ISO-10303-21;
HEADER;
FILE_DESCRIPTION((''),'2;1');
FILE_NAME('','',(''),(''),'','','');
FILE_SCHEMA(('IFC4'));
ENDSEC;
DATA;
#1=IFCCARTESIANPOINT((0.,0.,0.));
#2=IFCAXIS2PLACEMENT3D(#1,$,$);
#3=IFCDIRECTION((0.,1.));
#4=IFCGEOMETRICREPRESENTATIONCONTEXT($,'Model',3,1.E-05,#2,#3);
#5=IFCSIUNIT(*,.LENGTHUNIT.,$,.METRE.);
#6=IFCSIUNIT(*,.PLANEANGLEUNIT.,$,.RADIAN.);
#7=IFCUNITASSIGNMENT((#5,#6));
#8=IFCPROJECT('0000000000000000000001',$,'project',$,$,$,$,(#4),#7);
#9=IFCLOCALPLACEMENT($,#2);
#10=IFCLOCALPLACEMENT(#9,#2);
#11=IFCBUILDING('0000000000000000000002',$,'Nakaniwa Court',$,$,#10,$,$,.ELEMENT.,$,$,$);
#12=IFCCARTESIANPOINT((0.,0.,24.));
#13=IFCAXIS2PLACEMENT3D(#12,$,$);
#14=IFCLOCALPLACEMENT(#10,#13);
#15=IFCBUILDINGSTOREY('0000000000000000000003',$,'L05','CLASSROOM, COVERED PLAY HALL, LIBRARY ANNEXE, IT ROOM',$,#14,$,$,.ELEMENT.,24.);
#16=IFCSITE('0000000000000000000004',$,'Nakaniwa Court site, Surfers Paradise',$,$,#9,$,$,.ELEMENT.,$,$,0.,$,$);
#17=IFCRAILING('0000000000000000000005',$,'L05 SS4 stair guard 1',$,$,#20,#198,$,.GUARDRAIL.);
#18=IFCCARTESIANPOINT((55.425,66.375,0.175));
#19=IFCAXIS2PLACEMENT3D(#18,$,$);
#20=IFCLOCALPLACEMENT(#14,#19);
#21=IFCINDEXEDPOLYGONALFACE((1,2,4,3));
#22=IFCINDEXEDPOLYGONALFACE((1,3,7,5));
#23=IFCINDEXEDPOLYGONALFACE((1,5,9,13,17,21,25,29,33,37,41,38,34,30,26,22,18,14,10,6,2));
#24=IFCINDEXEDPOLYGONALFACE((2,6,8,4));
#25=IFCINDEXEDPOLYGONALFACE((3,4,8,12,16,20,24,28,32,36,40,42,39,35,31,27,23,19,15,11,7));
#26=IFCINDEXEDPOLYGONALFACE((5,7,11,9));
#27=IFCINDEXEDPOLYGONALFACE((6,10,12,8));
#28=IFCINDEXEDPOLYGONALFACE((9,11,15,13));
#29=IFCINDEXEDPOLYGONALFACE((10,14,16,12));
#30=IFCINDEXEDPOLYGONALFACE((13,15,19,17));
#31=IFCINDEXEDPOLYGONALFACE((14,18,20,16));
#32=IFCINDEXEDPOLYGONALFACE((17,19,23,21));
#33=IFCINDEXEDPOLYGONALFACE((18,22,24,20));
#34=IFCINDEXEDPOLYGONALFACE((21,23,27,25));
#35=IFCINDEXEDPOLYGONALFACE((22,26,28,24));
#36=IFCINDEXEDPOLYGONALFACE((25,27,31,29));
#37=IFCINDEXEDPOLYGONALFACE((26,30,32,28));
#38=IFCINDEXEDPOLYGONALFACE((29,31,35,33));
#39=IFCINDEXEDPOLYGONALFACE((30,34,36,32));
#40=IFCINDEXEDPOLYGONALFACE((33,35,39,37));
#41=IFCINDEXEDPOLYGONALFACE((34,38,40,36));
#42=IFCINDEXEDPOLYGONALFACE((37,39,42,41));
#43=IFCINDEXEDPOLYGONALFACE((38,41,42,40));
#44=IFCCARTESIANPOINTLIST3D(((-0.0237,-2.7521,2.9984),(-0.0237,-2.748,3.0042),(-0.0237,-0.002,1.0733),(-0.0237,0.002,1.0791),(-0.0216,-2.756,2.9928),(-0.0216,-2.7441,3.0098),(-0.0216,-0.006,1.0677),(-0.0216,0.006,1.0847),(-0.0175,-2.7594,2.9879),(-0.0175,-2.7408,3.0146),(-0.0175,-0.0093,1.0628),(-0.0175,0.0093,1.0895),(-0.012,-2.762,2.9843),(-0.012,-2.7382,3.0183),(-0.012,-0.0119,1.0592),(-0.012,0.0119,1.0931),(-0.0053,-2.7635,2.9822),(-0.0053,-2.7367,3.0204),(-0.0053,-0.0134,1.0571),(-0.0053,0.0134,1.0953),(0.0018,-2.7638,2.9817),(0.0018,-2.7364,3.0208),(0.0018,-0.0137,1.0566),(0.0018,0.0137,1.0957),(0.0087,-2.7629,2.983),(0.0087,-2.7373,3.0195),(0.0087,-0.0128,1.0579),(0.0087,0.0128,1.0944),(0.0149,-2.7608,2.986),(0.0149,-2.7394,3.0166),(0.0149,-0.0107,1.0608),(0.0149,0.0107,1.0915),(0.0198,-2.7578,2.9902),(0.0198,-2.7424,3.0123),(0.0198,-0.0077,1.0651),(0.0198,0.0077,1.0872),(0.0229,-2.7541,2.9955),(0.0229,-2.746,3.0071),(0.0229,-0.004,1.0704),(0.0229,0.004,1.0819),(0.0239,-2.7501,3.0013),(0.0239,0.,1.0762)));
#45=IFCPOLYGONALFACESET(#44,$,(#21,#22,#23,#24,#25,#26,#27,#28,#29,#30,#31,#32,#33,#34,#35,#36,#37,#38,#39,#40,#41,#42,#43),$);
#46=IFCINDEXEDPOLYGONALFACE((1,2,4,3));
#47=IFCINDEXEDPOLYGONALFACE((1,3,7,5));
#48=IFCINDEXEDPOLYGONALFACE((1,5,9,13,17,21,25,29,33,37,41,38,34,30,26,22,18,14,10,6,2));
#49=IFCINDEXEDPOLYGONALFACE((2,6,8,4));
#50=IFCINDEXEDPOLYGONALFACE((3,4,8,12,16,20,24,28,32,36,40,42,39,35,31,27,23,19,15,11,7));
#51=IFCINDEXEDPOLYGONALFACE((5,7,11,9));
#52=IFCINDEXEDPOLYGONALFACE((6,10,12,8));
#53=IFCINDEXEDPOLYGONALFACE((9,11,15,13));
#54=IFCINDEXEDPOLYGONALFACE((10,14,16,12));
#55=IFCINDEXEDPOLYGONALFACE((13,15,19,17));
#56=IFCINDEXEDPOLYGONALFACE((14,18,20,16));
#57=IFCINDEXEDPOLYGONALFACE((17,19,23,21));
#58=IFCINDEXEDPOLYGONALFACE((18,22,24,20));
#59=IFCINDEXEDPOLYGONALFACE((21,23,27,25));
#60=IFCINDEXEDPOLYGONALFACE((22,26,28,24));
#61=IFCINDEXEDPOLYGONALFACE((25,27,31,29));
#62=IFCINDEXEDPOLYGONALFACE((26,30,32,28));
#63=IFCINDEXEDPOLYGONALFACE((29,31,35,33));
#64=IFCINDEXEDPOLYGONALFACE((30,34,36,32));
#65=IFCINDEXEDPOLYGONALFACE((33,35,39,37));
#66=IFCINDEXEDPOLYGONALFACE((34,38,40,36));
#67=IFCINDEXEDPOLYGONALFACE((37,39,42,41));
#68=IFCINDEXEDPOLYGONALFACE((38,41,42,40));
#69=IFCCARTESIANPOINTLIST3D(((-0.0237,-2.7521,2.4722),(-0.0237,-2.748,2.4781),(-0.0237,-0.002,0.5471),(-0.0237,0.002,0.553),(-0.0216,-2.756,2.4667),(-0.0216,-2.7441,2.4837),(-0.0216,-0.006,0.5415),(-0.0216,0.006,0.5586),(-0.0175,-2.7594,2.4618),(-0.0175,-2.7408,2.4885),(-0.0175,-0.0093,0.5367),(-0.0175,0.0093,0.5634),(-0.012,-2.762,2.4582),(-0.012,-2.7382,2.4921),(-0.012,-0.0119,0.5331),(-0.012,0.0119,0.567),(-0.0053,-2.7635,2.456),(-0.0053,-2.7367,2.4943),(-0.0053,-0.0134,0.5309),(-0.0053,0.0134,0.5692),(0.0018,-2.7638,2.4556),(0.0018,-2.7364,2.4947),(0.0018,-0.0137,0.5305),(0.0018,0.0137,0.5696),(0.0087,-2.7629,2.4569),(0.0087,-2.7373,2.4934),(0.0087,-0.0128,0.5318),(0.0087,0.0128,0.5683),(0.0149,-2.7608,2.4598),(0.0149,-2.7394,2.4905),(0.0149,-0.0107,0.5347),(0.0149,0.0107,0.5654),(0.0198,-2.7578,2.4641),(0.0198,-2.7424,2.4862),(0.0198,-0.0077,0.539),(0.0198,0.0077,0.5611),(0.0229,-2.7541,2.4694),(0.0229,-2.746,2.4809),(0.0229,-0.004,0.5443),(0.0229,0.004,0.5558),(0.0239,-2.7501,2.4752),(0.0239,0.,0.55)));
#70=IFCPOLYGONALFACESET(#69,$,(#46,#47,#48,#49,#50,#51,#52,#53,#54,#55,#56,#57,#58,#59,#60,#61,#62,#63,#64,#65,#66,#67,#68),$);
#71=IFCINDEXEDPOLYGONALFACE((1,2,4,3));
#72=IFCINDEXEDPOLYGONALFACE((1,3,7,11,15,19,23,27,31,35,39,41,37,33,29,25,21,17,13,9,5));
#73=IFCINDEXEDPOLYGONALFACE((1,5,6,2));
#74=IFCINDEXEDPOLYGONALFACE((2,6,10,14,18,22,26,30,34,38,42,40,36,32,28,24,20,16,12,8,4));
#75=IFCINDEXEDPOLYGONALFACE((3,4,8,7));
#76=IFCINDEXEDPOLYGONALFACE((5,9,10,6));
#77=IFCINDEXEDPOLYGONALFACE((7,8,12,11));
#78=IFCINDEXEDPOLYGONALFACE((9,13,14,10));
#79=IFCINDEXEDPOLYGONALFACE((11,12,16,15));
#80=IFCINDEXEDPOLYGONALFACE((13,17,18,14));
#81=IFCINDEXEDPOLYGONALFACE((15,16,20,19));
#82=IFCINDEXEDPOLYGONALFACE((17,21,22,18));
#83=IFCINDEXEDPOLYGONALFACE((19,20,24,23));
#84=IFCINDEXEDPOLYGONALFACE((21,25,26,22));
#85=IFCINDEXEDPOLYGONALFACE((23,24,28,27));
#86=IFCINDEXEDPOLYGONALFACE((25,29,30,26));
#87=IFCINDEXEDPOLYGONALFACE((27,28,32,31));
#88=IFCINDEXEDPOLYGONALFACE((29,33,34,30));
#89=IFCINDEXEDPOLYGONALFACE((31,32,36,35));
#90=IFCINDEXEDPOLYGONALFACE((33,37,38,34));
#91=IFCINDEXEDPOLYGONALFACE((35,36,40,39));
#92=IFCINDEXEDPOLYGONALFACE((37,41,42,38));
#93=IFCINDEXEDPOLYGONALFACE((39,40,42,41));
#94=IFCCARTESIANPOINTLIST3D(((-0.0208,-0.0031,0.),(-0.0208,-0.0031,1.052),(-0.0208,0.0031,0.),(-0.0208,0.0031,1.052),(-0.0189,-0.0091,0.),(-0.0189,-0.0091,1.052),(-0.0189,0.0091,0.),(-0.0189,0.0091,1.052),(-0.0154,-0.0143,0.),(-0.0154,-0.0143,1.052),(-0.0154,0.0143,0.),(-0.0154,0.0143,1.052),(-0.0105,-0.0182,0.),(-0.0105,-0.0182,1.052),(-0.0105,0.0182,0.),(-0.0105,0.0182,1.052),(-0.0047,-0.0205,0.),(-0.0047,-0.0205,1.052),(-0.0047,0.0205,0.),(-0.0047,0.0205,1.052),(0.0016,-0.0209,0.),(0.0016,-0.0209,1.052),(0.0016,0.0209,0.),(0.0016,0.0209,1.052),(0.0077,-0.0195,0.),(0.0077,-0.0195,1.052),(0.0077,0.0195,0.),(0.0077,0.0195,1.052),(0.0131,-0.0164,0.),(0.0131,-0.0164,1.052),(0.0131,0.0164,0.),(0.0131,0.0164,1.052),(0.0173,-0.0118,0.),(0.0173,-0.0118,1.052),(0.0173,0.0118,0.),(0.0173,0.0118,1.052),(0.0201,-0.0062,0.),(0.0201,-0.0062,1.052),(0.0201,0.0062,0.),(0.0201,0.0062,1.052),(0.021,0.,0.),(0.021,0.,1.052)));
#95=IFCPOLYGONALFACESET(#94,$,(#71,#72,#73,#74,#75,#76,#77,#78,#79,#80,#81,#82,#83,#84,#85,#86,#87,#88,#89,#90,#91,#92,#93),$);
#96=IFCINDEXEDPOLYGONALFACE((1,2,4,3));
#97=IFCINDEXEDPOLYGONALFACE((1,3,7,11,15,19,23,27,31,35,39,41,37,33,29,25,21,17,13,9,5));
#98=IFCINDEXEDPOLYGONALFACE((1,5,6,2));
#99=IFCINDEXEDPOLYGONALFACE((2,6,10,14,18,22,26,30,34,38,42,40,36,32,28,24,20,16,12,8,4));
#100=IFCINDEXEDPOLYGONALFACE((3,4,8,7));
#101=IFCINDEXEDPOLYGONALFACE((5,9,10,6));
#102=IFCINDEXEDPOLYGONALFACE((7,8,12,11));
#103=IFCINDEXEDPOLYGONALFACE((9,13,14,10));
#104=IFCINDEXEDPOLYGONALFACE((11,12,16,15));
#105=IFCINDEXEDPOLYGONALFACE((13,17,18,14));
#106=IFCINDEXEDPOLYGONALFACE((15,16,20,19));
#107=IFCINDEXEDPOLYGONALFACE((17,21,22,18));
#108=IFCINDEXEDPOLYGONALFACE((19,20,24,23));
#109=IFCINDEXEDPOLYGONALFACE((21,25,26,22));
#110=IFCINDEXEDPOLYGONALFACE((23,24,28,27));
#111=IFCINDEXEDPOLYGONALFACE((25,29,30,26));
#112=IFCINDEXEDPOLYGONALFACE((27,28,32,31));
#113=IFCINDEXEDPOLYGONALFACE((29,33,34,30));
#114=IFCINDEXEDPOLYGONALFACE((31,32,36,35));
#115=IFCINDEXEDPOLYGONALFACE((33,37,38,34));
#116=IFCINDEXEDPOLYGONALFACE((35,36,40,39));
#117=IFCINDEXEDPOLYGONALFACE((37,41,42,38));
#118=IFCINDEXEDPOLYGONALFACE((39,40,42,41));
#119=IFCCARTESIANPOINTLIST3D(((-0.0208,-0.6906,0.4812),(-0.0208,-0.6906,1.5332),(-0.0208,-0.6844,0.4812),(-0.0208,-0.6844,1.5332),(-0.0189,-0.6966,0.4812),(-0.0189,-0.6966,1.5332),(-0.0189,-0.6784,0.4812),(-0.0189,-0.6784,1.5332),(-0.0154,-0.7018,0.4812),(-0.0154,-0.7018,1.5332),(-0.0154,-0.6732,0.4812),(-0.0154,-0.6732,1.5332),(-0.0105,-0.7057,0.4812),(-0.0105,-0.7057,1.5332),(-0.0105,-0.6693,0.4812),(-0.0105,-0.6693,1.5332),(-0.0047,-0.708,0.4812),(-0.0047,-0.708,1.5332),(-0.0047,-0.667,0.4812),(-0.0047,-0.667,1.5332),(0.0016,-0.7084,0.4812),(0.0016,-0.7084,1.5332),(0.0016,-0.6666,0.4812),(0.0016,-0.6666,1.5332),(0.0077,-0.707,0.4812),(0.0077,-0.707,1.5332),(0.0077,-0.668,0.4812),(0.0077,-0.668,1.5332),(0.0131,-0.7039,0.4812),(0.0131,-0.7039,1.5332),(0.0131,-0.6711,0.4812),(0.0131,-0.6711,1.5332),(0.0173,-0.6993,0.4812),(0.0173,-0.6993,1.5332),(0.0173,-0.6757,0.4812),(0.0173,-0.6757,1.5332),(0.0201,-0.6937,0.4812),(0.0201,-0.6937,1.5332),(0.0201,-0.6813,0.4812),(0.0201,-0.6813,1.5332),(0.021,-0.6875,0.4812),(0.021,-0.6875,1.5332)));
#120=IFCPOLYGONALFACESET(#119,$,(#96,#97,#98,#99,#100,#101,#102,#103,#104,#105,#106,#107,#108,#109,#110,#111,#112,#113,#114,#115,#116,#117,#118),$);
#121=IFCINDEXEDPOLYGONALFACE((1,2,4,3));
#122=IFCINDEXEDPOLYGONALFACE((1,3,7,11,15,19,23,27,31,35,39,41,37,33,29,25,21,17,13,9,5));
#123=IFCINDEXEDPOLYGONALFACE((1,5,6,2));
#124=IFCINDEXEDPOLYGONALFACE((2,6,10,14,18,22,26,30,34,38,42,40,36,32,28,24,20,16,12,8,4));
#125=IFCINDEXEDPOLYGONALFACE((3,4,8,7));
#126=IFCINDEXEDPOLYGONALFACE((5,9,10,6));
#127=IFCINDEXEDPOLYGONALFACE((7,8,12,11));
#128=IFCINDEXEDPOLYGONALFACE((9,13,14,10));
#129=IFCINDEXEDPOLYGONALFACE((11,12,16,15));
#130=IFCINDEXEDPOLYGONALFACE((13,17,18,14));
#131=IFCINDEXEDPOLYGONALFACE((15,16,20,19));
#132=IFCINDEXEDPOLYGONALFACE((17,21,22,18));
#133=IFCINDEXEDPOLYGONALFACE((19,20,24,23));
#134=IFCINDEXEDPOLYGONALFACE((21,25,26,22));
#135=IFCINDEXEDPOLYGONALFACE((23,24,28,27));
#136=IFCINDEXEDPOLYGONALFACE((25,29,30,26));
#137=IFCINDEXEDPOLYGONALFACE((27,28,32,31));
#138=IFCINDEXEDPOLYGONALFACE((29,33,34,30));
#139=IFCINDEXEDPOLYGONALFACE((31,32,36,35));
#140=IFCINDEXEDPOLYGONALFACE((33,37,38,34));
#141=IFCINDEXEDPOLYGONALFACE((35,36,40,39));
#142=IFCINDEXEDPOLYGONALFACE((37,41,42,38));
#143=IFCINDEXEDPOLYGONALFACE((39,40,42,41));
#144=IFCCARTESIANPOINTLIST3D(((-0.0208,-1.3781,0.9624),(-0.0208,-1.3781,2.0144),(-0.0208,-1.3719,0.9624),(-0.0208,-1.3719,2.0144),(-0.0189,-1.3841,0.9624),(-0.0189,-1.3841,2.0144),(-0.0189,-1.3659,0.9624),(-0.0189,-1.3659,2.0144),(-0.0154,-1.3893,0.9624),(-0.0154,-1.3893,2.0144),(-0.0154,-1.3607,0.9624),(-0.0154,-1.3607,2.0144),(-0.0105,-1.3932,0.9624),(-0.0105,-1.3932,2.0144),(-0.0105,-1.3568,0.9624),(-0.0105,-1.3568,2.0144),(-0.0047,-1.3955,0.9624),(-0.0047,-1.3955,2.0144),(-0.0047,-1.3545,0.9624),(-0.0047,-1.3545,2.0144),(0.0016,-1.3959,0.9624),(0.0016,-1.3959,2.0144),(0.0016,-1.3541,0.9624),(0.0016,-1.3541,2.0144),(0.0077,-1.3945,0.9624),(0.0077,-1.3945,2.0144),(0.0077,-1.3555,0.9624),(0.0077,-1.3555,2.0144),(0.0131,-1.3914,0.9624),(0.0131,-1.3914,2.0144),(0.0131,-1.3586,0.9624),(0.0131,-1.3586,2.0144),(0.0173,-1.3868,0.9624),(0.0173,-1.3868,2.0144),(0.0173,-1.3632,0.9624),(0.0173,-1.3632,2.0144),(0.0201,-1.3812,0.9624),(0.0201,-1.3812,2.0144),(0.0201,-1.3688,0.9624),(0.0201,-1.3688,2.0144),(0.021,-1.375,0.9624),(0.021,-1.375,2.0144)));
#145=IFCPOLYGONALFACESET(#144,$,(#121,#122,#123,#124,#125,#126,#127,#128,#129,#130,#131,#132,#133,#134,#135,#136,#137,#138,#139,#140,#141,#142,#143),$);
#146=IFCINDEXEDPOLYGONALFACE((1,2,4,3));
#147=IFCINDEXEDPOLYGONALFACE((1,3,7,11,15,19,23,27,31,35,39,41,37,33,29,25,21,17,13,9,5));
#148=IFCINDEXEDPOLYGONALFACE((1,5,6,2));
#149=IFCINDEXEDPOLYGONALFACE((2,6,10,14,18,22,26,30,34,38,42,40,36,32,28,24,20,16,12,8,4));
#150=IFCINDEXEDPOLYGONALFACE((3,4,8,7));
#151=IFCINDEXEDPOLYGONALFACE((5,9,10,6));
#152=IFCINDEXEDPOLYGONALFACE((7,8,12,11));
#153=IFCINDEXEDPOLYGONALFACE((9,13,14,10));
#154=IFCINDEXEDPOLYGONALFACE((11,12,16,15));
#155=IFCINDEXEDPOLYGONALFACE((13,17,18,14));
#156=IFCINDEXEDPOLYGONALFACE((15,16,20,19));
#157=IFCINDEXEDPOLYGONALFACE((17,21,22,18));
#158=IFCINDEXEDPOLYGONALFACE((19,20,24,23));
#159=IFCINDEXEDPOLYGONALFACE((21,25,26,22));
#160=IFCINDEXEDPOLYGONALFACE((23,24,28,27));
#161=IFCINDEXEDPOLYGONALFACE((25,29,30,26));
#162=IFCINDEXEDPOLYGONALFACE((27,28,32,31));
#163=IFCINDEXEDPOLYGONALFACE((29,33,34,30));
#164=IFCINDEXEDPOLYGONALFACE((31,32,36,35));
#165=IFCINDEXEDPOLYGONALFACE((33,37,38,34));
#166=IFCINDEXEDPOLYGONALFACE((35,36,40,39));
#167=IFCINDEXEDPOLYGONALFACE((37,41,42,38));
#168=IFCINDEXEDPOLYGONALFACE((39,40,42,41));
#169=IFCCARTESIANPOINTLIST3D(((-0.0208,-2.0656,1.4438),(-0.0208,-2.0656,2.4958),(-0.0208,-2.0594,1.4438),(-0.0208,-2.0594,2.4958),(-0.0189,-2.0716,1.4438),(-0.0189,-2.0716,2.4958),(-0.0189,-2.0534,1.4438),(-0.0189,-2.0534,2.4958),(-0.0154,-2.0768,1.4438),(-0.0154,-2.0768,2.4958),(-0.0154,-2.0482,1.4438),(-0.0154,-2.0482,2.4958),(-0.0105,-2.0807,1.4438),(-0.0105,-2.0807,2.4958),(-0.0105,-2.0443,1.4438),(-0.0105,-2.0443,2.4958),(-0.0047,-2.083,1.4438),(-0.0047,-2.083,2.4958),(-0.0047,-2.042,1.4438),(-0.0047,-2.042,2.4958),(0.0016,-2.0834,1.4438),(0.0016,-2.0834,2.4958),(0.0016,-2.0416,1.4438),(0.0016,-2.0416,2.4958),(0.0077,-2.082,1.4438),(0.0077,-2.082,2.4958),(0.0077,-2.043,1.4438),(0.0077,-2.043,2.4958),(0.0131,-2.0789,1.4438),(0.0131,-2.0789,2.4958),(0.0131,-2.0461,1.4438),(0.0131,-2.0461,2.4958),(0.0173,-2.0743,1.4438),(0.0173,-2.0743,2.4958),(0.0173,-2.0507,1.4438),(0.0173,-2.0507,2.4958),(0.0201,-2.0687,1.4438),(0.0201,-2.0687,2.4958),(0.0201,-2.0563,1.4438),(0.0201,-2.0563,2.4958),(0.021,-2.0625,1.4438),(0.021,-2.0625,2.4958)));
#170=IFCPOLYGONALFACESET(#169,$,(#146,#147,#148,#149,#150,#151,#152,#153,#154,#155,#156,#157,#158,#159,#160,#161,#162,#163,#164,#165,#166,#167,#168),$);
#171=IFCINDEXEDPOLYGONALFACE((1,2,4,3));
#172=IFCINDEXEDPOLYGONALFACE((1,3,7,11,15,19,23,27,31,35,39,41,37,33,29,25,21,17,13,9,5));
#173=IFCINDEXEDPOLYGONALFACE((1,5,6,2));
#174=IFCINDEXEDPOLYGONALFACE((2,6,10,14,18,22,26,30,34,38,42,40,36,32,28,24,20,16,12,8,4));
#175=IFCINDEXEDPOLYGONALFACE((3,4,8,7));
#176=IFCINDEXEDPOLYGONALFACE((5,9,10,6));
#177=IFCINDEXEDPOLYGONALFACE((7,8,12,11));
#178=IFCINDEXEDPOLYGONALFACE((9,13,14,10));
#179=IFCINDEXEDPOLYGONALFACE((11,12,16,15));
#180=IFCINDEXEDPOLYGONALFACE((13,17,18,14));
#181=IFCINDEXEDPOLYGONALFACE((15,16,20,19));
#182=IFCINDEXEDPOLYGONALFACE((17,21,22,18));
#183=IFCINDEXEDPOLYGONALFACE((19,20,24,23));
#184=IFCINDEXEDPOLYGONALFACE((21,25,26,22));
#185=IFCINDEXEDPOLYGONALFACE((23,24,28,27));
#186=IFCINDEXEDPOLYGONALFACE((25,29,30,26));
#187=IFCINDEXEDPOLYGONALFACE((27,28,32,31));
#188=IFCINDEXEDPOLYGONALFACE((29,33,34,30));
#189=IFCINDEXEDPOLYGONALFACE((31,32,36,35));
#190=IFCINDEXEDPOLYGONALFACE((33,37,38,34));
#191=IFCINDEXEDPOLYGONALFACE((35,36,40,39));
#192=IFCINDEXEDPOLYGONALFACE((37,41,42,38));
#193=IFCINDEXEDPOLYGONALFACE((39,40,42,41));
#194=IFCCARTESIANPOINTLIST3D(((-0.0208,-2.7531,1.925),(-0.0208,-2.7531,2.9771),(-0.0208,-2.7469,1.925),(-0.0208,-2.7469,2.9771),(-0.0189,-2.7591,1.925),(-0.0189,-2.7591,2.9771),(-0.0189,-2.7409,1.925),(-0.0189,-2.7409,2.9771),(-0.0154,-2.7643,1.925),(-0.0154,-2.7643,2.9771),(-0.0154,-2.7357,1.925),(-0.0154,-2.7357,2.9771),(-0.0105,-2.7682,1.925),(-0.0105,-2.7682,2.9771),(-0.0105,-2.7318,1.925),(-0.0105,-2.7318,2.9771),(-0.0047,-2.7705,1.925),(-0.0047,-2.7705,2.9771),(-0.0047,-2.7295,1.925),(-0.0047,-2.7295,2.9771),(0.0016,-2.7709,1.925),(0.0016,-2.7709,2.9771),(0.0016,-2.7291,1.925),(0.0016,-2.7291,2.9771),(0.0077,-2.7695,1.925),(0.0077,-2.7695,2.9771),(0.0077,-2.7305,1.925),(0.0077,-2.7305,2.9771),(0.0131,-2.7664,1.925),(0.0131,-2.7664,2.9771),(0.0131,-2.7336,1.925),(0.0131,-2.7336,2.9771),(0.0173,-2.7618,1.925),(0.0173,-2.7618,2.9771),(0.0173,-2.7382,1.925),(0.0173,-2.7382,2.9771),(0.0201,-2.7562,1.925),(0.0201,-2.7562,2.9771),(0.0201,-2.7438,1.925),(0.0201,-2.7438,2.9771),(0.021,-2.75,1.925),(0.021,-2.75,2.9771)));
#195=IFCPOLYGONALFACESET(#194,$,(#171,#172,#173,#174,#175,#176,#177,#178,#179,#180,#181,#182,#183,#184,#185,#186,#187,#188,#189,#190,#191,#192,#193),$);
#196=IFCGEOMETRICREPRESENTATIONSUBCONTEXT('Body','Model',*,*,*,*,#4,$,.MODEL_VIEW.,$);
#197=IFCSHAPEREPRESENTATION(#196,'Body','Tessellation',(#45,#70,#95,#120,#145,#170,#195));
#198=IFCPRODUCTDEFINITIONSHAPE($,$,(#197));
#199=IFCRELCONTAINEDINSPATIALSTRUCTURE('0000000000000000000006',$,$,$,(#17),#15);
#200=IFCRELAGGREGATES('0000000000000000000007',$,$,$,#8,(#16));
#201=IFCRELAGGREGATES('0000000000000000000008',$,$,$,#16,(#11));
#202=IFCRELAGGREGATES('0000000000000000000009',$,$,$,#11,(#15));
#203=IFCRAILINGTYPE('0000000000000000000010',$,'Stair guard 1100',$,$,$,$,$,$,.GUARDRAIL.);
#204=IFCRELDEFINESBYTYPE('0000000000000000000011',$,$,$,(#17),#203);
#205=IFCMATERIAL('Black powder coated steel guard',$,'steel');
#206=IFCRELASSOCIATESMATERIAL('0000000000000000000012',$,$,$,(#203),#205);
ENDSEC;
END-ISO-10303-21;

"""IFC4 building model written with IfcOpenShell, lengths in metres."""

from ifc_helpers import new_model, si_unit, direction, frame, origin, origin_2d, place, context, subcontext, project, spatial, circle, extrude, material, type_object, element, save


model = new_model("IFC4")

# Units and contexts
model_context = context("Model", 3, precision=1e-05, world=origin(), true_north=direction((0.0, 1.0)))
body_context = subcontext(model_context, "Body", "Model", "MODEL_VIEW")
ifc_project = project(units=[si_unit("LENGTHUNIT", "METRE"), si_unit("PLANEANGLEUNIT", "RADIAN")], contexts=[model_context])

# Site, building, storey
site_placement = place(None, origin())
site = spatial("IfcSite", under=ifc_project, at=site_placement, Name="Nakaniwa Court site, Surfers Paradise", CompositionType="ELEMENT", RefElevation=0.0)
building_placement = place(site_placement, origin())
building = spatial("IfcBuilding", under=site, at=building_placement, Name="Nakaniwa Court", CompositionType="ELEMENT")
storey_placement = place(building_placement, frame((0.0, 0.0, 24.0)))
storey = spatial("IfcBuildingStorey", under=building, at=storey_placement, Name="L05", Description="CLASSROOM, COVERED PLAY HALL, LIBRARY ANNEXE, IT ROOM", CompositionType="ELEMENT", Elevation=24.0)

# Railing
ifc_material_1 = material(Name="Black powder coated steel guard", Category="steel")
railing_type_1 = type_object("IfcRailingType", Name="Stair guard 1100", PredefinedType="GUARDRAIL", material=ifc_material_1)
railing_1_placement = place(storey_placement, frame((55.425, 66.375, 0.175)))
element("IfcRailing", 1, at=railing_1_placement, inside=storey, type_object=railing_type_1, Name="L05 SS4 stair guard 1", PredefinedType="GUARDRAIL", context=body_context, shape_type="SweptSolid", body=[
    extrude(circle(Radius=0.0239, at=origin_2d()), frame((0.0, 0.0, 1.0762), z_axis=(0.0, -0.819225, 0.573472), x_axis=(1.0, 0.0, 0.0)), (0.0, 0.0, 1.0), 3.3569),
    extrude(circle(Radius=0.0239, at=origin_2d()), frame((0.0, 0.0, 0.55), z_axis=(0.0, -0.819225, 0.573472), x_axis=(1.0, 0.0, 0.0)), (0.0, 0.0, 1.0), 3.3569),
    extrude(circle(Radius=0.021, at=origin_2d()), origin(), (0.0, 0.0, 1.0), 1.052),
    extrude(circle(Radius=0.021, at=origin_2d()), frame((0.0, -0.6875, 0.4812)), (0.0, 0.0, 1.0), 1.052),
    extrude(circle(Radius=0.021, at=origin_2d()), frame((0.0, -1.375, 0.9624)), (0.0, 0.0, 1.0), 1.052),
    extrude(circle(Radius=0.021, at=origin_2d()), frame((0.0, -2.0625, 1.4438)), (0.0, 0.0, 1.0), 1.052),
    extrude(circle(Radius=0.021, at=origin_2d()), frame((0.0, -2.75, 1.925)), (0.0, 0.0, 1.0), 1.052),
])

save(model, "model.ifc")
